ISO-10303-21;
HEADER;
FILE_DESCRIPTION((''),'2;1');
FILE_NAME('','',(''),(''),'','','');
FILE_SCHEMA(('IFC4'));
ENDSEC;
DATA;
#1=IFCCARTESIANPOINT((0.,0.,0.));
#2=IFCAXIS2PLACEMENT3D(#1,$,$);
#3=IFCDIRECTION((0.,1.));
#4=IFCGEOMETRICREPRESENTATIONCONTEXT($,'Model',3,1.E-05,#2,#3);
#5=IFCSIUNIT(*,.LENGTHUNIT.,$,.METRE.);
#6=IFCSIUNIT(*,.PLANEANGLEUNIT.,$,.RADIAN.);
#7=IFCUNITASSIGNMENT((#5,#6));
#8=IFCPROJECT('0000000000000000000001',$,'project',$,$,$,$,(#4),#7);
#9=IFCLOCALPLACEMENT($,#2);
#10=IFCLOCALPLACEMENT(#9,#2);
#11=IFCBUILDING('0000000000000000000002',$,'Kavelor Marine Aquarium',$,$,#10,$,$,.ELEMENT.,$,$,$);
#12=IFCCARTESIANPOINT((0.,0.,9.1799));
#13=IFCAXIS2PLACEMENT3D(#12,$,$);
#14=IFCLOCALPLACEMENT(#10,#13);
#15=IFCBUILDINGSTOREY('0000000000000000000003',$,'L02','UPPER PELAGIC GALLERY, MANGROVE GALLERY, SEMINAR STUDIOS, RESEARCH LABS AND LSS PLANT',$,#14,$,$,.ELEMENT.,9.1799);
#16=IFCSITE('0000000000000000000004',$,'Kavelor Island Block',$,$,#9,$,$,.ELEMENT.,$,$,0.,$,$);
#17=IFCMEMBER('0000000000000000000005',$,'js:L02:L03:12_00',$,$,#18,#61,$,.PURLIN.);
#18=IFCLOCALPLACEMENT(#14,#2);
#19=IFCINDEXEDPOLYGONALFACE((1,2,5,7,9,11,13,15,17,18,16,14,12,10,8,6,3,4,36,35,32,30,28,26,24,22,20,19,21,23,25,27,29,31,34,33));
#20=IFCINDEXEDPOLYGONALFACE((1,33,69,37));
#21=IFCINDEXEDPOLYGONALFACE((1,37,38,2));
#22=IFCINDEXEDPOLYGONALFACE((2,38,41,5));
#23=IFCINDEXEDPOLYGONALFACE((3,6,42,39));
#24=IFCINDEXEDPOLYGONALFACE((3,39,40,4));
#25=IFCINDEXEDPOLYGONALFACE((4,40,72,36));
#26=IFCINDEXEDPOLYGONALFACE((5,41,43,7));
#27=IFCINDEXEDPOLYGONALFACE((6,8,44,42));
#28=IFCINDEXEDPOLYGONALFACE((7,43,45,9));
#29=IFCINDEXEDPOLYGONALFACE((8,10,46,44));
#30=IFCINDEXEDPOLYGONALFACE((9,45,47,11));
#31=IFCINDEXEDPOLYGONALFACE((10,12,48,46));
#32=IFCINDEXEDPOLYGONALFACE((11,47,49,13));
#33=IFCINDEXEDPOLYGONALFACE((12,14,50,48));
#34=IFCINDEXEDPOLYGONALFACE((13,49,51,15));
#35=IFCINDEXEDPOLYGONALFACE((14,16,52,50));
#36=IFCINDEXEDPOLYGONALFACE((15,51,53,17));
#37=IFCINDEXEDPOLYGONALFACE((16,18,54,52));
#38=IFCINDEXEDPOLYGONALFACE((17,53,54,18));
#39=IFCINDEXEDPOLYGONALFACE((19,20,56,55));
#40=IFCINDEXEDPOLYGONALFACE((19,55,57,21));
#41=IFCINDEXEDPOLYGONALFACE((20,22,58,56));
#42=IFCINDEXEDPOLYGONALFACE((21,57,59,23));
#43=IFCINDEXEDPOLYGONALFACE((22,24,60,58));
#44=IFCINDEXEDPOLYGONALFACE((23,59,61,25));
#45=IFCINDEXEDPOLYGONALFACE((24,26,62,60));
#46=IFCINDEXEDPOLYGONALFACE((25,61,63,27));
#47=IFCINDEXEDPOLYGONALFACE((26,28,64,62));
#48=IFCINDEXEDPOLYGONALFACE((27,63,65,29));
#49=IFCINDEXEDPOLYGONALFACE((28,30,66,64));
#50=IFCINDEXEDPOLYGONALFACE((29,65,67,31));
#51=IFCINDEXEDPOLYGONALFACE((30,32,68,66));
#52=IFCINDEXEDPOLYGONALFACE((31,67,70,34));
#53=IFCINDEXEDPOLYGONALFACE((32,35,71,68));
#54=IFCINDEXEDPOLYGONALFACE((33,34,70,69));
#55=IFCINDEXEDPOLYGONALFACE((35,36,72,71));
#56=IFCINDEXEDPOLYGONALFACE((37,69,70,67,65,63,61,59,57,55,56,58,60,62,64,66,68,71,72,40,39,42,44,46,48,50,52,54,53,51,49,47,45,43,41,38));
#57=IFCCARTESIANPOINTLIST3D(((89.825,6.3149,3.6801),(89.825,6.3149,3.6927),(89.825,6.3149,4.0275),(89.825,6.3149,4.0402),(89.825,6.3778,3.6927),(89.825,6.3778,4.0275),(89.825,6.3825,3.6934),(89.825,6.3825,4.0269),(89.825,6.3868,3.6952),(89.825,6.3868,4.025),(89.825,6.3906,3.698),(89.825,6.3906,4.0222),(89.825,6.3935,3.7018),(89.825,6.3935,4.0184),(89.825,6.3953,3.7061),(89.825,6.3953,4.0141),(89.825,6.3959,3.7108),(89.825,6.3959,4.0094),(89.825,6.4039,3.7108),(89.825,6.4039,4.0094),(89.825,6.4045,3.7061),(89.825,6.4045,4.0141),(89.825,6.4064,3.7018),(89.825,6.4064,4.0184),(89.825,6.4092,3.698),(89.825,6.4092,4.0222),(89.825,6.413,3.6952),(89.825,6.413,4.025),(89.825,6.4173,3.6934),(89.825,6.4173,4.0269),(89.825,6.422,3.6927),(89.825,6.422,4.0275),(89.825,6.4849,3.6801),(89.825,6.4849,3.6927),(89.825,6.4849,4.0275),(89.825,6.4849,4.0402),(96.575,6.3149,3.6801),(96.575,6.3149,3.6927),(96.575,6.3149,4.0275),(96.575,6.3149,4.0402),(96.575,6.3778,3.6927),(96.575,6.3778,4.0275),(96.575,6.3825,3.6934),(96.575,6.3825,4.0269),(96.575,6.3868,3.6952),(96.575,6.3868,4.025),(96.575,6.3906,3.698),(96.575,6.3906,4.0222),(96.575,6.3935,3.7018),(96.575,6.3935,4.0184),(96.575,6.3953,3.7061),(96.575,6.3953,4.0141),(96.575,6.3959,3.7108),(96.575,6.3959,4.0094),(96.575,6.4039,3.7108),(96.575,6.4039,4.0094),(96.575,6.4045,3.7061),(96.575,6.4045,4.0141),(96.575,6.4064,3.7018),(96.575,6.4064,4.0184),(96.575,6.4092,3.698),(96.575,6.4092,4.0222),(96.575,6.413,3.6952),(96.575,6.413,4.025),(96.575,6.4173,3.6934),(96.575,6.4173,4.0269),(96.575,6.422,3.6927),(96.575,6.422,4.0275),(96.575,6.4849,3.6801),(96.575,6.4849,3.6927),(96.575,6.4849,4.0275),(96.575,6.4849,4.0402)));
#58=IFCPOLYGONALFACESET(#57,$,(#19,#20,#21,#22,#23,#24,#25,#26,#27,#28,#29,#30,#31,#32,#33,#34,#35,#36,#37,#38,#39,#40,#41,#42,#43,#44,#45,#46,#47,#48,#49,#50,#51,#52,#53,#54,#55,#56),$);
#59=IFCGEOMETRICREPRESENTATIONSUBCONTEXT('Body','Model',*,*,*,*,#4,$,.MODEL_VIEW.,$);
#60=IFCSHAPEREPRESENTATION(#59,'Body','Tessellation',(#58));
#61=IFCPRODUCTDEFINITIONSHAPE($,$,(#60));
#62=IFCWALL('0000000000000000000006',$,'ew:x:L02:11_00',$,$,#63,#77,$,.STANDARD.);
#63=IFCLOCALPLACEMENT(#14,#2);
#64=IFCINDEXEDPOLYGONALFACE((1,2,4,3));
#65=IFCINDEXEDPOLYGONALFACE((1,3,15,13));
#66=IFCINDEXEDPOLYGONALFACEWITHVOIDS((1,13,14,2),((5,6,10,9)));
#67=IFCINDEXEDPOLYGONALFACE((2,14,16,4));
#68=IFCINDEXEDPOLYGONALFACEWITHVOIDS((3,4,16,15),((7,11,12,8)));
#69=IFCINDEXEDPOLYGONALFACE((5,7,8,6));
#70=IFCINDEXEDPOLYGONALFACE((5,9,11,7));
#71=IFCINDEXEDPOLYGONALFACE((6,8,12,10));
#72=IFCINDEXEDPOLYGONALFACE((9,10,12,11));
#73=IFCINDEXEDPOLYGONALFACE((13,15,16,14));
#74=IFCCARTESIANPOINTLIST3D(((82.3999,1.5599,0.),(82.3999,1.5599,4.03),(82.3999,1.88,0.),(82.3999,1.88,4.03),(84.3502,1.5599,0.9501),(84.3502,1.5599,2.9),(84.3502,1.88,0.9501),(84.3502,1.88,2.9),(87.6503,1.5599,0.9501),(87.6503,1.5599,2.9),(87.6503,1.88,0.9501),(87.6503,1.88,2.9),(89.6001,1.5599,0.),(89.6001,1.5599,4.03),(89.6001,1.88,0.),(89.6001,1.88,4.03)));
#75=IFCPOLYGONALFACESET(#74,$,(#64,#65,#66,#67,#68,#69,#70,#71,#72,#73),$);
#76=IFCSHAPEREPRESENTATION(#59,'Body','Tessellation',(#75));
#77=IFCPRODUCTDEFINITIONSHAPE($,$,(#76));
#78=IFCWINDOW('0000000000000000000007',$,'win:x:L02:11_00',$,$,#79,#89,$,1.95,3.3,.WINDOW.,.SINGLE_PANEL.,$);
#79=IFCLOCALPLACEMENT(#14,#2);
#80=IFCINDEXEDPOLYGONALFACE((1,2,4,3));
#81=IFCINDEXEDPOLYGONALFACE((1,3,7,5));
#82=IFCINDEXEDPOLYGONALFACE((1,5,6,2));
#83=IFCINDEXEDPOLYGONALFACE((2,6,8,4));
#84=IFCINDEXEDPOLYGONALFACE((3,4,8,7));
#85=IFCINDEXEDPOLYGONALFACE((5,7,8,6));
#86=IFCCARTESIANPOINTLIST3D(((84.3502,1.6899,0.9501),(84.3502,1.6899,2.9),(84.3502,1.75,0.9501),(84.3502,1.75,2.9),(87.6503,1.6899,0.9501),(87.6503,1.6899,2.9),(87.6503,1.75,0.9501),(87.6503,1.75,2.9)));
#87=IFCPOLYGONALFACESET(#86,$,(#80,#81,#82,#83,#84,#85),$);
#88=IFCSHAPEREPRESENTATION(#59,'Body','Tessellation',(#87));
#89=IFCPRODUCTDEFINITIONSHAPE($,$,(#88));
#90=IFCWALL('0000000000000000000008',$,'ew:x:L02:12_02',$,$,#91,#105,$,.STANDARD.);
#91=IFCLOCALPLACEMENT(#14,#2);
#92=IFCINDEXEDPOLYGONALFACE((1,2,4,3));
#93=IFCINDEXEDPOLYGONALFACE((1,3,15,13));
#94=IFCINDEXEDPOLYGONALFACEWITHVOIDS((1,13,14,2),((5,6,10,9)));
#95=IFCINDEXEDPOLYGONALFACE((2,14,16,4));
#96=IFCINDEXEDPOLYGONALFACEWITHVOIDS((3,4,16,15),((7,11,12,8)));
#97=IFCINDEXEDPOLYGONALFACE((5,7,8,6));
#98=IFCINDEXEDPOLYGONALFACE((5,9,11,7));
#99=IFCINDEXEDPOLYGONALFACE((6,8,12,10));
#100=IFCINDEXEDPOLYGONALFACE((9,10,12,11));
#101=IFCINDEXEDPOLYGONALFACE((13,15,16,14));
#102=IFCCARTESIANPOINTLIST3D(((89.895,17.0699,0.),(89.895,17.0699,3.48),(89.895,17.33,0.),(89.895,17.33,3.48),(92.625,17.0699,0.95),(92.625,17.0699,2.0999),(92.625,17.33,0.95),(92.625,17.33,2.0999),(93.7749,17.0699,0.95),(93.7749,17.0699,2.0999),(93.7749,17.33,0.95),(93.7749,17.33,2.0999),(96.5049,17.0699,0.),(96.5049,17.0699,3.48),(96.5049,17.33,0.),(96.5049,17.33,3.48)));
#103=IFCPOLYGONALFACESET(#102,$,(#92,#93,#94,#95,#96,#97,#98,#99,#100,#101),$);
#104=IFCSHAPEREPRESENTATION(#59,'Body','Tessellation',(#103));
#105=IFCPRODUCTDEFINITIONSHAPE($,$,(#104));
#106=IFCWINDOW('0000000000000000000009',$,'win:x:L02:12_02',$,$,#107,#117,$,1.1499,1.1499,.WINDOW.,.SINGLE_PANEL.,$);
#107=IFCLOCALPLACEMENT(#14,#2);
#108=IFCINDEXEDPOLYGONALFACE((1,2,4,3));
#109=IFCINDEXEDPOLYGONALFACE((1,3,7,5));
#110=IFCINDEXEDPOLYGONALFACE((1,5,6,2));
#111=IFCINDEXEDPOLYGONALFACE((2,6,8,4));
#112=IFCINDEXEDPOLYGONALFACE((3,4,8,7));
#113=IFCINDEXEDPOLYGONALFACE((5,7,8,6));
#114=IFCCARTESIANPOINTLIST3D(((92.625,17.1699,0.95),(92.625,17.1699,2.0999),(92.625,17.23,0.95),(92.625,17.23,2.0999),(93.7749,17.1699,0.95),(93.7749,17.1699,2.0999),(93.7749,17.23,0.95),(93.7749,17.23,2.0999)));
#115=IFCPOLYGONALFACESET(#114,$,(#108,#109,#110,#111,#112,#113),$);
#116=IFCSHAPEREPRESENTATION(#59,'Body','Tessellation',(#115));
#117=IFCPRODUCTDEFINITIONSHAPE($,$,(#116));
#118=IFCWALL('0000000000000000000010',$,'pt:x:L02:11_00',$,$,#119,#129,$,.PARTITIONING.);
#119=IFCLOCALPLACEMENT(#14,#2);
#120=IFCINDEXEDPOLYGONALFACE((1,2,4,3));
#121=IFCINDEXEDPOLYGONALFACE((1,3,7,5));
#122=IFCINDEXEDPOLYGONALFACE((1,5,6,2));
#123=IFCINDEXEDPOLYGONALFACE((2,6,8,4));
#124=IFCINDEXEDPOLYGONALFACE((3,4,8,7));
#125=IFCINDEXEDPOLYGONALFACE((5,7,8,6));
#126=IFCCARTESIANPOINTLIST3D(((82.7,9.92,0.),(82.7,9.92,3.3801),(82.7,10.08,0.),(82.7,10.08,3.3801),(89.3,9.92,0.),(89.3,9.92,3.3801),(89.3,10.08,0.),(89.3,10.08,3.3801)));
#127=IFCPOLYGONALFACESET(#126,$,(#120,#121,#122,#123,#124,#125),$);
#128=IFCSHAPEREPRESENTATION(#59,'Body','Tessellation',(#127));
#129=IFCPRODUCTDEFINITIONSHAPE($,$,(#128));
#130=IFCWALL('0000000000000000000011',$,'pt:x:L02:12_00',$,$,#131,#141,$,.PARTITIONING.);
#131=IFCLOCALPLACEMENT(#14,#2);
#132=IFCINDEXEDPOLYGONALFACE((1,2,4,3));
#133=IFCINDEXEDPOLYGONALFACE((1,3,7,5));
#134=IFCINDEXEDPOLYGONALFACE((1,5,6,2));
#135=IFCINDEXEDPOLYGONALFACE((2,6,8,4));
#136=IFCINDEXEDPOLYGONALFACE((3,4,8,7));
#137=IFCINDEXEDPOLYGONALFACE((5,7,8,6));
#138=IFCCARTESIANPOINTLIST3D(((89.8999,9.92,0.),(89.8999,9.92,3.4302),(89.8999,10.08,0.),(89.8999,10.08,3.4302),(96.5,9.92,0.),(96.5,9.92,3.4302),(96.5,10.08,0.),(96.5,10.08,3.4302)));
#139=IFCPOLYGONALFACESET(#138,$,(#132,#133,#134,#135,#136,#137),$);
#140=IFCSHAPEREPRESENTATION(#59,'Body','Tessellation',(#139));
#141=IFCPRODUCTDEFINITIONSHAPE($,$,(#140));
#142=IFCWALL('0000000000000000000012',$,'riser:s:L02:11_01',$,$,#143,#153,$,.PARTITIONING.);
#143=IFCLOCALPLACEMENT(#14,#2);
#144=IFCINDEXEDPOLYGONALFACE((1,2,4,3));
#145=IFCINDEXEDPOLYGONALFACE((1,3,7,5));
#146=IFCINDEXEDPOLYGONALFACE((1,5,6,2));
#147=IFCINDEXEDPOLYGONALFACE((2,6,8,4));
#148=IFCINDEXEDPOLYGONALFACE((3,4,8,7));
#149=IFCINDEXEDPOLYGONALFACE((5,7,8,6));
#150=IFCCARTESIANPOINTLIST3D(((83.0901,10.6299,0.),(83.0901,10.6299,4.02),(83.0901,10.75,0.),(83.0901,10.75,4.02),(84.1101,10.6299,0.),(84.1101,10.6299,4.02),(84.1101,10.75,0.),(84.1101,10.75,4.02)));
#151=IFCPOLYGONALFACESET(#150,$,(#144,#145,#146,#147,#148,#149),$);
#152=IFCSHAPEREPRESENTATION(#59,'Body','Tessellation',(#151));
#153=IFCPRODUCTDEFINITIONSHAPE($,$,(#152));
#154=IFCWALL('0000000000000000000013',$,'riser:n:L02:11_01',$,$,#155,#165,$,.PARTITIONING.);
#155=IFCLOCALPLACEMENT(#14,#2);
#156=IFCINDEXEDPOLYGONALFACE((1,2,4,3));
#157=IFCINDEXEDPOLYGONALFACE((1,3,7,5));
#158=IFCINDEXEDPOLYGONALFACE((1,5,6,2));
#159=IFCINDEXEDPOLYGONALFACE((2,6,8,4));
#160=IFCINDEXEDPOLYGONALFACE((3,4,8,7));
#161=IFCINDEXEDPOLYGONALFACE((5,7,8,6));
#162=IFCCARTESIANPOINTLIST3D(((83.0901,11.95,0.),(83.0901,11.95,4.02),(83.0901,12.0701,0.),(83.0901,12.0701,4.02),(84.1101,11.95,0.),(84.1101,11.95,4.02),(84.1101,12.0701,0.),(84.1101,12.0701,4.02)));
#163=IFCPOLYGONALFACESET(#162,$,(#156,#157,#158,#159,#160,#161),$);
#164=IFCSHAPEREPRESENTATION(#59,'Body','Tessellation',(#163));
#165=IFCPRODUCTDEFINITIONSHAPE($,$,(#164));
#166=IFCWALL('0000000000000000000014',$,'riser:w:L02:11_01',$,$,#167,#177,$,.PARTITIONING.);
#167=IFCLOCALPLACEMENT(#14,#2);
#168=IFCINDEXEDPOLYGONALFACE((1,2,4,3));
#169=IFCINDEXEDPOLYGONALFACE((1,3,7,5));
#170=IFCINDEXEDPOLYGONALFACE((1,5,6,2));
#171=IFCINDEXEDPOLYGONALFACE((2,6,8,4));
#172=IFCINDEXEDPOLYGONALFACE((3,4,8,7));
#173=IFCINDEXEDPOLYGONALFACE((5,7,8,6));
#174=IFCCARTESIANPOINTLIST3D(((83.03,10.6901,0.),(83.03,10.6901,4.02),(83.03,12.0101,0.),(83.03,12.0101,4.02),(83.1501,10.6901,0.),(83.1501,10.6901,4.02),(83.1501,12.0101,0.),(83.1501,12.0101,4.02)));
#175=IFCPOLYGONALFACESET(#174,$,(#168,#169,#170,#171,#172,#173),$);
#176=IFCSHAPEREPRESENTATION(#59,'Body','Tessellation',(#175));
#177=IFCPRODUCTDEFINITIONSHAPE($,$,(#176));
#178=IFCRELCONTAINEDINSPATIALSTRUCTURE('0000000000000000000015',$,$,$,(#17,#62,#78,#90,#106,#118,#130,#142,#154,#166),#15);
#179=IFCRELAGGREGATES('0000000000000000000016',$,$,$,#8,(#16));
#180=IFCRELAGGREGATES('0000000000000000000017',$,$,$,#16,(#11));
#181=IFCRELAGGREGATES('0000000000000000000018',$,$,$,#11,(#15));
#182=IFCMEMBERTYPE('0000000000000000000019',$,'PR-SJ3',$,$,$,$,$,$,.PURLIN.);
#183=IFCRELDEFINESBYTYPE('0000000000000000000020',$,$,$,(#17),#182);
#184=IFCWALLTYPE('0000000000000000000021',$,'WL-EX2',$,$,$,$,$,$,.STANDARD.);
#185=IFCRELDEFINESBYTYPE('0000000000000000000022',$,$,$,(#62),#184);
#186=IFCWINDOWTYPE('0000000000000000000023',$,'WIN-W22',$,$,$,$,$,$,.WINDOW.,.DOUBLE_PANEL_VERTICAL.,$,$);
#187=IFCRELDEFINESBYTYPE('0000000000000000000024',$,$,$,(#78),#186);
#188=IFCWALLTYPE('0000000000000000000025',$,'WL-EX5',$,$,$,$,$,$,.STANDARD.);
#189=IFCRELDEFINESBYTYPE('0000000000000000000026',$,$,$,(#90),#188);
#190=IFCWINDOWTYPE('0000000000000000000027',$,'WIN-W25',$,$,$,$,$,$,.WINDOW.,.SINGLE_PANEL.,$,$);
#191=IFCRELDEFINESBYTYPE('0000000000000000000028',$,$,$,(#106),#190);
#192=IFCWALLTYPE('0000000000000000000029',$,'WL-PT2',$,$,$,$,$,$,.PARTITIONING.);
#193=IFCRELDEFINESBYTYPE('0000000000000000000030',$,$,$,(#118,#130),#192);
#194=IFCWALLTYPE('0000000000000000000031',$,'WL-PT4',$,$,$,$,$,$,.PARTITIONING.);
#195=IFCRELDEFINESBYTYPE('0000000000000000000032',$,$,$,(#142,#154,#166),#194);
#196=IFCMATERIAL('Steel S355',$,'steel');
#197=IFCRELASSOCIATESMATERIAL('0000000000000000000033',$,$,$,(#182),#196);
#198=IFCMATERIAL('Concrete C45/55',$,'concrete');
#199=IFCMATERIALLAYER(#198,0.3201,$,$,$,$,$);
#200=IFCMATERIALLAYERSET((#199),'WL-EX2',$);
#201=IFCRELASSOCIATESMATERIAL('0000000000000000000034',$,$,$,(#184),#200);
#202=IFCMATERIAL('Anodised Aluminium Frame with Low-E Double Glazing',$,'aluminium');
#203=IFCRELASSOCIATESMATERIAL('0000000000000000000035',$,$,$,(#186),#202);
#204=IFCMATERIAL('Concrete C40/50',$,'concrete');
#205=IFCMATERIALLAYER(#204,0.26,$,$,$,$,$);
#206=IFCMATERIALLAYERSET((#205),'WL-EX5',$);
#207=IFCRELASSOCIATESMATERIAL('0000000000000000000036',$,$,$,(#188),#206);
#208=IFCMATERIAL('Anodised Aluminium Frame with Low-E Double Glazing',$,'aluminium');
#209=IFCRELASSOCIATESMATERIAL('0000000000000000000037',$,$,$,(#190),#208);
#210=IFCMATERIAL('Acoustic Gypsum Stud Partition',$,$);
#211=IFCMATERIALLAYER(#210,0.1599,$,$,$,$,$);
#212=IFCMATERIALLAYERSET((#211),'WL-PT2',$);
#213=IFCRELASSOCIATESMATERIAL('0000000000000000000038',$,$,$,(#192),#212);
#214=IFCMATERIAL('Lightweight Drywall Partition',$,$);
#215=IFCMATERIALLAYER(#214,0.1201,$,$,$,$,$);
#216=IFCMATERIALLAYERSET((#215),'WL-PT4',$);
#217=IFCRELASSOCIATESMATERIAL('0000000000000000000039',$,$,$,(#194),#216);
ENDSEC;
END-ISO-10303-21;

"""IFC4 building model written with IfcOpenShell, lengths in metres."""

from ifc_helpers import new_model, si_unit, direction, frame, frame_2d, origin, origin_2d, place, context, subcontext, project, spatial, rectangle, i_section, extrude, material, layer, layer_set, material_profile, profile_set, type_object, element, fill, save


model = new_model("IFC4")

# Units and contexts
model_context = context("Model", 3, precision=1e-05, world=origin(), true_north=direction((0.0, 1.0)))
body_context = subcontext(model_context, "Body", "Model", "MODEL_VIEW")
ifc_project = project(units=[si_unit("LENGTHUNIT", "METRE"), si_unit("PLANEANGLEUNIT", "RADIAN")], contexts=[model_context])

# Site, building, storey
site_placement = place(None, origin())
site = spatial("IfcSite", under=ifc_project, at=site_placement, Name="Kavelor Island Block", CompositionType="ELEMENT", RefElevation=0.0)
building_placement = place(site_placement, origin())
building = spatial("IfcBuilding", under=site, at=building_placement, Name="Kavelor Marine Aquarium", CompositionType="ELEMENT")
storey_placement = place(building_placement, frame((0.0, 0.0, 9.1799)))
storey = spatial("IfcBuildingStorey", under=building, at=storey_placement, Name="L02", Description="UPPER PELAGIC GALLERY, MANGROVE GALLERY, SEMINAR STUDIOS, RESEARCH LABS AND LSS PLANT", CompositionType="ELEMENT", Elevation=9.1799)

# Member
ifc_material_1 = material(Name="Steel S355", Category="steel")
ifc_material_profile_1 = material_profile(ifc_material_1, i_section(OverallWidth=0.1699, OverallDepth=0.3601, WebThickness=0.0081, FlangeThickness=0.0127, FilletRadius=0.0181, at=origin_2d()), Name="IPE 360")
ifc_profile_set_1 = profile_set([ifc_material_profile_1], Name="Steel S355")
member_type = type_object("IfcMemberType", Name="PR-SJ3", PredefinedType="PURLIN", material=ifc_profile_set_1)
member_placement = place(storey_placement, frame((89.825, 6.3999, 3.8601), z_axis=(1.0, 0.0, 0.0), x_axis=(0.0, 1.0, 0.0)))
element("IfcMember", 1, at=member_placement, inside=storey, type_object=member_type, Name="js:L02:L03:12_00", PredefinedType="PURLIN", context=body_context, shape_type="SweptSolid", body=[
    extrude(i_section(OverallWidth=0.1699, OverallDepth=0.3601, WebThickness=0.0081, FlangeThickness=0.0127, FilletRadius=0.0181, at=origin_2d()), origin(), (0.0, 0.0, 1.0), 6.75),
])

# Walls, openings, windows
ifc_material_2 = material(Name="Concrete C45/55", Category="concrete")
ifc_layer_1 = layer(ifc_material_2, 0.3201)
ifc_layer_set_1 = layer_set([ifc_layer_1], Name="WL-EX2")
wall_type_1 = type_object("IfcWallType", Name="WL-EX2", PredefinedType="STANDARD", material=ifc_layer_set_1)
wall_1_placement = place(storey_placement, frame((89.6001, 1.72, 0.0), z_axis=(0.0, 0.0, 1.0), x_axis=(-1.0, 0.0, 0.0)))
wall_1 = element("IfcWall", 2, at=wall_1_placement, inside=storey, type_object=wall_type_1, Name="ew:x:L02:11_00", PredefinedType="STANDARD", context=body_context, shape_type="SweptSolid", body=[
    extrude(rectangle(XDim=7.2002, YDim=0.3201, at=frame_2d((3.6001, 0.0))), origin(), (0.0, 0.0, 1.0), 4.03),
])
opening_1_placement = place(wall_1_placement, frame((1.95, 0.0, 0.95)))
opening_1 = element("IfcOpeningElement", 3, at=opening_1_placement, cuts=wall_1, PredefinedType="OPENING", context=body_context, shape_type="SweptSolid", body=[
    extrude(rectangle(XDim=3.3, YDim=1.95, at=frame_2d((1.6499, 0.9751))), frame((0.0, 0.1699, 0.0), z_axis=(0.0, -1.0, 0.0), x_axis=(1.0, 0.0, 0.0)), (0.0, 0.0, 1.0), 0.3401),
])
ifc_material_3 = material(Name="Anodised Aluminium Frame with Low-E Double Glazing", Category="aluminium")
window_type_1 = type_object("IfcWindowType", Name="WIN-W22", PartitioningType="DOUBLE_PANEL_VERTICAL", PredefinedType="WINDOW", material=ifc_material_3)
window_1_placement = place(opening_1_placement, origin())
window_1 = element("IfcWindow", 4, at=window_1_placement, inside=storey, type_object=window_type_1, Name="win:x:L02:11_00", OverallHeight=1.95, OverallWidth=3.3, PartitioningType="SINGLE_PANEL", PredefinedType="WINDOW", context=body_context, shape_type="SweptSolid", body=[
    extrude(rectangle(XDim=3.3, YDim=1.95, at=frame_2d((1.6499, 0.9751))), frame((0.0, 0.03, 0.0), z_axis=(0.0, -1.0, 0.0), x_axis=(1.0, 0.0, 0.0)), (0.0, 0.0, 1.0), 0.0601),
])
fill(opening_1, window_1)
ifc_material_4 = material(Name="Concrete C40/50", Category="concrete")
ifc_layer_2 = layer(ifc_material_4, 0.26)
ifc_layer_set_2 = layer_set([ifc_layer_2], Name="WL-EX5")
wall_type_2 = type_object("IfcWallType", Name="WL-EX5", PredefinedType="STANDARD", material=ifc_layer_set_2)
wall_2_placement = place(storey_placement, frame((89.895, 17.2, 0.0), z_axis=(0.0, 0.0, 1.0), x_axis=(1.0, 0.0, 0.0)))
wall_2 = element("IfcWall", 5, at=wall_2_placement, inside=storey, type_object=wall_type_2, Name="ew:x:L02:12_02", PredefinedType="STANDARD", context=body_context, shape_type="SweptSolid", body=[
    extrude(rectangle(XDim=6.6099, YDim=0.26, at=frame_2d((3.3049, 0.0))), origin(), (0.0, 0.0, 1.0), 3.48),
])
opening_2_placement = place(wall_2_placement, frame((2.73, 0.0, 0.95)))
opening_2 = element("IfcOpeningElement", 6, at=opening_2_placement, cuts=wall_2, PredefinedType="OPENING", context=body_context, shape_type="SweptSolid", body=[
    extrude(rectangle(XDim=1.1499, YDim=1.1499, at=frame_2d((0.575, 0.575))), frame((0.0, 0.1399, 0.0), z_axis=(0.0, -1.0, 0.0), x_axis=(1.0, 0.0, 0.0)), (0.0, 0.0, 1.0), 0.28),
])
ifc_material_5 = material(Name="Anodised Aluminium Frame with Low-E Double Glazing", Category="aluminium")
window_type_2 = type_object("IfcWindowType", Name="WIN-W25", PartitioningType="SINGLE_PANEL", PredefinedType="WINDOW", material=ifc_material_5)
window_2_placement = place(opening_2_placement, origin())
window_2 = element("IfcWindow", 7, at=window_2_placement, inside=storey, type_object=window_type_2, Name="win:x:L02:12_02", OverallHeight=1.1499, OverallWidth=1.1499, PartitioningType="SINGLE_PANEL", PredefinedType="WINDOW", context=body_context, shape_type="SweptSolid", body=[
    extrude(rectangle(XDim=1.1499, YDim=1.1499, at=frame_2d((0.575, 0.575))), frame((0.0, 0.03, 0.0), z_axis=(0.0, -1.0, 0.0), x_axis=(1.0, 0.0, 0.0)), (0.0, 0.0, 1.0), 0.0601),
])
fill(opening_2, window_2)

# Walls
ifc_material_6 = material(Name="Acoustic Gypsum Stud Partition")
ifc_layer_3 = layer(ifc_material_6, 0.1599)
ifc_layer_set_3 = layer_set([ifc_layer_3], Name="WL-PT2")
wall_type_3 = type_object("IfcWallType", Name="WL-PT2", PredefinedType="PARTITIONING", material=ifc_layer_set_3)
wall_3_placement = place(storey_placement, frame((82.7, 10.0, 0.0), z_axis=(0.0, 0.0, 1.0), x_axis=(1.0, 0.0, 0.0)))
element("IfcWall", 8, at=wall_3_placement, inside=storey, type_object=wall_type_3, Name="pt:x:L02:11_00", PredefinedType="PARTITIONING", context=body_context, shape_type="SweptSolid", body=[
    extrude(rectangle(XDim=6.6001, YDim=0.1599, at=frame_2d((3.3, 0.0))), origin(), (0.0, 0.0, 1.0), 3.3801),
])
wall_4_placement = place(storey_placement, frame((89.8999, 10.0, 0.0), z_axis=(0.0, 0.0, 1.0), x_axis=(1.0, 0.0, 0.0)))
element("IfcWall", 9, at=wall_4_placement, inside=storey, type_object=wall_type_3, Name="pt:x:L02:12_00", PredefinedType="PARTITIONING", context=body_context, shape_type="SweptSolid", body=[
    extrude(rectangle(XDim=6.6001, YDim=0.1599, at=frame_2d((3.3, 0.0))), origin(), (0.0, 0.0, 1.0), 3.4302),
])
ifc_material_7 = material(Name="Lightweight Drywall Partition")
ifc_layer_4 = layer(ifc_material_7, 0.1201)
ifc_layer_set_4 = layer_set([ifc_layer_4], Name="WL-PT4")
wall_type_4 = type_object("IfcWallType", Name="WL-PT4", PredefinedType="PARTITIONING", material=ifc_layer_set_4)
for number, where, z_axis, x_axis, name in (
    (10, (83.0901, 10.6899, 0.0), (0.0, 0.0, 1.0), (1.0, 0.0, 0.0), "riser:s:L02:11_01"),
    (11, (83.0901, 12.01, 0.0), (0.0, 0.0, 1.0), (1.0, 0.0, 0.0), "riser:n:L02:11_01"),
):
    element("IfcWall", number, at=place(storey_placement, frame(where, z_axis=z_axis, x_axis=x_axis)), inside=storey, type_object=wall_type_4, Name=name, PredefinedType="PARTITIONING", context=body_context, shape_type="SweptSolid", body=[
        extrude(rectangle(XDim=1.02, YDim=0.1201, at=frame_2d((0.51, 0.0))), origin(), (0.0, 0.0, 1.0), 4.02),
    ])
for number, where, z_axis, x_axis, name in (
    (12, (83.0901, 10.6899, 0.0), (0.0, 0.0, 1.0), (0.0, 1.0, 0.0), "riser:w:L02:11_01"),
):
    element("IfcWall", number, at=place(storey_placement, frame(where, z_axis=z_axis, x_axis=x_axis)), inside=storey, type_object=wall_type_4, Name=name, PredefinedType="PARTITIONING", context=body_context, shape_type="SweptSolid", body=[
        extrude(rectangle(XDim=1.3201, YDim=0.1201, at=frame_2d((0.6602, 0.0))), origin(), (0.0, 0.0, 1.0), 4.02),
    ])

save(model, "model.ifc")
